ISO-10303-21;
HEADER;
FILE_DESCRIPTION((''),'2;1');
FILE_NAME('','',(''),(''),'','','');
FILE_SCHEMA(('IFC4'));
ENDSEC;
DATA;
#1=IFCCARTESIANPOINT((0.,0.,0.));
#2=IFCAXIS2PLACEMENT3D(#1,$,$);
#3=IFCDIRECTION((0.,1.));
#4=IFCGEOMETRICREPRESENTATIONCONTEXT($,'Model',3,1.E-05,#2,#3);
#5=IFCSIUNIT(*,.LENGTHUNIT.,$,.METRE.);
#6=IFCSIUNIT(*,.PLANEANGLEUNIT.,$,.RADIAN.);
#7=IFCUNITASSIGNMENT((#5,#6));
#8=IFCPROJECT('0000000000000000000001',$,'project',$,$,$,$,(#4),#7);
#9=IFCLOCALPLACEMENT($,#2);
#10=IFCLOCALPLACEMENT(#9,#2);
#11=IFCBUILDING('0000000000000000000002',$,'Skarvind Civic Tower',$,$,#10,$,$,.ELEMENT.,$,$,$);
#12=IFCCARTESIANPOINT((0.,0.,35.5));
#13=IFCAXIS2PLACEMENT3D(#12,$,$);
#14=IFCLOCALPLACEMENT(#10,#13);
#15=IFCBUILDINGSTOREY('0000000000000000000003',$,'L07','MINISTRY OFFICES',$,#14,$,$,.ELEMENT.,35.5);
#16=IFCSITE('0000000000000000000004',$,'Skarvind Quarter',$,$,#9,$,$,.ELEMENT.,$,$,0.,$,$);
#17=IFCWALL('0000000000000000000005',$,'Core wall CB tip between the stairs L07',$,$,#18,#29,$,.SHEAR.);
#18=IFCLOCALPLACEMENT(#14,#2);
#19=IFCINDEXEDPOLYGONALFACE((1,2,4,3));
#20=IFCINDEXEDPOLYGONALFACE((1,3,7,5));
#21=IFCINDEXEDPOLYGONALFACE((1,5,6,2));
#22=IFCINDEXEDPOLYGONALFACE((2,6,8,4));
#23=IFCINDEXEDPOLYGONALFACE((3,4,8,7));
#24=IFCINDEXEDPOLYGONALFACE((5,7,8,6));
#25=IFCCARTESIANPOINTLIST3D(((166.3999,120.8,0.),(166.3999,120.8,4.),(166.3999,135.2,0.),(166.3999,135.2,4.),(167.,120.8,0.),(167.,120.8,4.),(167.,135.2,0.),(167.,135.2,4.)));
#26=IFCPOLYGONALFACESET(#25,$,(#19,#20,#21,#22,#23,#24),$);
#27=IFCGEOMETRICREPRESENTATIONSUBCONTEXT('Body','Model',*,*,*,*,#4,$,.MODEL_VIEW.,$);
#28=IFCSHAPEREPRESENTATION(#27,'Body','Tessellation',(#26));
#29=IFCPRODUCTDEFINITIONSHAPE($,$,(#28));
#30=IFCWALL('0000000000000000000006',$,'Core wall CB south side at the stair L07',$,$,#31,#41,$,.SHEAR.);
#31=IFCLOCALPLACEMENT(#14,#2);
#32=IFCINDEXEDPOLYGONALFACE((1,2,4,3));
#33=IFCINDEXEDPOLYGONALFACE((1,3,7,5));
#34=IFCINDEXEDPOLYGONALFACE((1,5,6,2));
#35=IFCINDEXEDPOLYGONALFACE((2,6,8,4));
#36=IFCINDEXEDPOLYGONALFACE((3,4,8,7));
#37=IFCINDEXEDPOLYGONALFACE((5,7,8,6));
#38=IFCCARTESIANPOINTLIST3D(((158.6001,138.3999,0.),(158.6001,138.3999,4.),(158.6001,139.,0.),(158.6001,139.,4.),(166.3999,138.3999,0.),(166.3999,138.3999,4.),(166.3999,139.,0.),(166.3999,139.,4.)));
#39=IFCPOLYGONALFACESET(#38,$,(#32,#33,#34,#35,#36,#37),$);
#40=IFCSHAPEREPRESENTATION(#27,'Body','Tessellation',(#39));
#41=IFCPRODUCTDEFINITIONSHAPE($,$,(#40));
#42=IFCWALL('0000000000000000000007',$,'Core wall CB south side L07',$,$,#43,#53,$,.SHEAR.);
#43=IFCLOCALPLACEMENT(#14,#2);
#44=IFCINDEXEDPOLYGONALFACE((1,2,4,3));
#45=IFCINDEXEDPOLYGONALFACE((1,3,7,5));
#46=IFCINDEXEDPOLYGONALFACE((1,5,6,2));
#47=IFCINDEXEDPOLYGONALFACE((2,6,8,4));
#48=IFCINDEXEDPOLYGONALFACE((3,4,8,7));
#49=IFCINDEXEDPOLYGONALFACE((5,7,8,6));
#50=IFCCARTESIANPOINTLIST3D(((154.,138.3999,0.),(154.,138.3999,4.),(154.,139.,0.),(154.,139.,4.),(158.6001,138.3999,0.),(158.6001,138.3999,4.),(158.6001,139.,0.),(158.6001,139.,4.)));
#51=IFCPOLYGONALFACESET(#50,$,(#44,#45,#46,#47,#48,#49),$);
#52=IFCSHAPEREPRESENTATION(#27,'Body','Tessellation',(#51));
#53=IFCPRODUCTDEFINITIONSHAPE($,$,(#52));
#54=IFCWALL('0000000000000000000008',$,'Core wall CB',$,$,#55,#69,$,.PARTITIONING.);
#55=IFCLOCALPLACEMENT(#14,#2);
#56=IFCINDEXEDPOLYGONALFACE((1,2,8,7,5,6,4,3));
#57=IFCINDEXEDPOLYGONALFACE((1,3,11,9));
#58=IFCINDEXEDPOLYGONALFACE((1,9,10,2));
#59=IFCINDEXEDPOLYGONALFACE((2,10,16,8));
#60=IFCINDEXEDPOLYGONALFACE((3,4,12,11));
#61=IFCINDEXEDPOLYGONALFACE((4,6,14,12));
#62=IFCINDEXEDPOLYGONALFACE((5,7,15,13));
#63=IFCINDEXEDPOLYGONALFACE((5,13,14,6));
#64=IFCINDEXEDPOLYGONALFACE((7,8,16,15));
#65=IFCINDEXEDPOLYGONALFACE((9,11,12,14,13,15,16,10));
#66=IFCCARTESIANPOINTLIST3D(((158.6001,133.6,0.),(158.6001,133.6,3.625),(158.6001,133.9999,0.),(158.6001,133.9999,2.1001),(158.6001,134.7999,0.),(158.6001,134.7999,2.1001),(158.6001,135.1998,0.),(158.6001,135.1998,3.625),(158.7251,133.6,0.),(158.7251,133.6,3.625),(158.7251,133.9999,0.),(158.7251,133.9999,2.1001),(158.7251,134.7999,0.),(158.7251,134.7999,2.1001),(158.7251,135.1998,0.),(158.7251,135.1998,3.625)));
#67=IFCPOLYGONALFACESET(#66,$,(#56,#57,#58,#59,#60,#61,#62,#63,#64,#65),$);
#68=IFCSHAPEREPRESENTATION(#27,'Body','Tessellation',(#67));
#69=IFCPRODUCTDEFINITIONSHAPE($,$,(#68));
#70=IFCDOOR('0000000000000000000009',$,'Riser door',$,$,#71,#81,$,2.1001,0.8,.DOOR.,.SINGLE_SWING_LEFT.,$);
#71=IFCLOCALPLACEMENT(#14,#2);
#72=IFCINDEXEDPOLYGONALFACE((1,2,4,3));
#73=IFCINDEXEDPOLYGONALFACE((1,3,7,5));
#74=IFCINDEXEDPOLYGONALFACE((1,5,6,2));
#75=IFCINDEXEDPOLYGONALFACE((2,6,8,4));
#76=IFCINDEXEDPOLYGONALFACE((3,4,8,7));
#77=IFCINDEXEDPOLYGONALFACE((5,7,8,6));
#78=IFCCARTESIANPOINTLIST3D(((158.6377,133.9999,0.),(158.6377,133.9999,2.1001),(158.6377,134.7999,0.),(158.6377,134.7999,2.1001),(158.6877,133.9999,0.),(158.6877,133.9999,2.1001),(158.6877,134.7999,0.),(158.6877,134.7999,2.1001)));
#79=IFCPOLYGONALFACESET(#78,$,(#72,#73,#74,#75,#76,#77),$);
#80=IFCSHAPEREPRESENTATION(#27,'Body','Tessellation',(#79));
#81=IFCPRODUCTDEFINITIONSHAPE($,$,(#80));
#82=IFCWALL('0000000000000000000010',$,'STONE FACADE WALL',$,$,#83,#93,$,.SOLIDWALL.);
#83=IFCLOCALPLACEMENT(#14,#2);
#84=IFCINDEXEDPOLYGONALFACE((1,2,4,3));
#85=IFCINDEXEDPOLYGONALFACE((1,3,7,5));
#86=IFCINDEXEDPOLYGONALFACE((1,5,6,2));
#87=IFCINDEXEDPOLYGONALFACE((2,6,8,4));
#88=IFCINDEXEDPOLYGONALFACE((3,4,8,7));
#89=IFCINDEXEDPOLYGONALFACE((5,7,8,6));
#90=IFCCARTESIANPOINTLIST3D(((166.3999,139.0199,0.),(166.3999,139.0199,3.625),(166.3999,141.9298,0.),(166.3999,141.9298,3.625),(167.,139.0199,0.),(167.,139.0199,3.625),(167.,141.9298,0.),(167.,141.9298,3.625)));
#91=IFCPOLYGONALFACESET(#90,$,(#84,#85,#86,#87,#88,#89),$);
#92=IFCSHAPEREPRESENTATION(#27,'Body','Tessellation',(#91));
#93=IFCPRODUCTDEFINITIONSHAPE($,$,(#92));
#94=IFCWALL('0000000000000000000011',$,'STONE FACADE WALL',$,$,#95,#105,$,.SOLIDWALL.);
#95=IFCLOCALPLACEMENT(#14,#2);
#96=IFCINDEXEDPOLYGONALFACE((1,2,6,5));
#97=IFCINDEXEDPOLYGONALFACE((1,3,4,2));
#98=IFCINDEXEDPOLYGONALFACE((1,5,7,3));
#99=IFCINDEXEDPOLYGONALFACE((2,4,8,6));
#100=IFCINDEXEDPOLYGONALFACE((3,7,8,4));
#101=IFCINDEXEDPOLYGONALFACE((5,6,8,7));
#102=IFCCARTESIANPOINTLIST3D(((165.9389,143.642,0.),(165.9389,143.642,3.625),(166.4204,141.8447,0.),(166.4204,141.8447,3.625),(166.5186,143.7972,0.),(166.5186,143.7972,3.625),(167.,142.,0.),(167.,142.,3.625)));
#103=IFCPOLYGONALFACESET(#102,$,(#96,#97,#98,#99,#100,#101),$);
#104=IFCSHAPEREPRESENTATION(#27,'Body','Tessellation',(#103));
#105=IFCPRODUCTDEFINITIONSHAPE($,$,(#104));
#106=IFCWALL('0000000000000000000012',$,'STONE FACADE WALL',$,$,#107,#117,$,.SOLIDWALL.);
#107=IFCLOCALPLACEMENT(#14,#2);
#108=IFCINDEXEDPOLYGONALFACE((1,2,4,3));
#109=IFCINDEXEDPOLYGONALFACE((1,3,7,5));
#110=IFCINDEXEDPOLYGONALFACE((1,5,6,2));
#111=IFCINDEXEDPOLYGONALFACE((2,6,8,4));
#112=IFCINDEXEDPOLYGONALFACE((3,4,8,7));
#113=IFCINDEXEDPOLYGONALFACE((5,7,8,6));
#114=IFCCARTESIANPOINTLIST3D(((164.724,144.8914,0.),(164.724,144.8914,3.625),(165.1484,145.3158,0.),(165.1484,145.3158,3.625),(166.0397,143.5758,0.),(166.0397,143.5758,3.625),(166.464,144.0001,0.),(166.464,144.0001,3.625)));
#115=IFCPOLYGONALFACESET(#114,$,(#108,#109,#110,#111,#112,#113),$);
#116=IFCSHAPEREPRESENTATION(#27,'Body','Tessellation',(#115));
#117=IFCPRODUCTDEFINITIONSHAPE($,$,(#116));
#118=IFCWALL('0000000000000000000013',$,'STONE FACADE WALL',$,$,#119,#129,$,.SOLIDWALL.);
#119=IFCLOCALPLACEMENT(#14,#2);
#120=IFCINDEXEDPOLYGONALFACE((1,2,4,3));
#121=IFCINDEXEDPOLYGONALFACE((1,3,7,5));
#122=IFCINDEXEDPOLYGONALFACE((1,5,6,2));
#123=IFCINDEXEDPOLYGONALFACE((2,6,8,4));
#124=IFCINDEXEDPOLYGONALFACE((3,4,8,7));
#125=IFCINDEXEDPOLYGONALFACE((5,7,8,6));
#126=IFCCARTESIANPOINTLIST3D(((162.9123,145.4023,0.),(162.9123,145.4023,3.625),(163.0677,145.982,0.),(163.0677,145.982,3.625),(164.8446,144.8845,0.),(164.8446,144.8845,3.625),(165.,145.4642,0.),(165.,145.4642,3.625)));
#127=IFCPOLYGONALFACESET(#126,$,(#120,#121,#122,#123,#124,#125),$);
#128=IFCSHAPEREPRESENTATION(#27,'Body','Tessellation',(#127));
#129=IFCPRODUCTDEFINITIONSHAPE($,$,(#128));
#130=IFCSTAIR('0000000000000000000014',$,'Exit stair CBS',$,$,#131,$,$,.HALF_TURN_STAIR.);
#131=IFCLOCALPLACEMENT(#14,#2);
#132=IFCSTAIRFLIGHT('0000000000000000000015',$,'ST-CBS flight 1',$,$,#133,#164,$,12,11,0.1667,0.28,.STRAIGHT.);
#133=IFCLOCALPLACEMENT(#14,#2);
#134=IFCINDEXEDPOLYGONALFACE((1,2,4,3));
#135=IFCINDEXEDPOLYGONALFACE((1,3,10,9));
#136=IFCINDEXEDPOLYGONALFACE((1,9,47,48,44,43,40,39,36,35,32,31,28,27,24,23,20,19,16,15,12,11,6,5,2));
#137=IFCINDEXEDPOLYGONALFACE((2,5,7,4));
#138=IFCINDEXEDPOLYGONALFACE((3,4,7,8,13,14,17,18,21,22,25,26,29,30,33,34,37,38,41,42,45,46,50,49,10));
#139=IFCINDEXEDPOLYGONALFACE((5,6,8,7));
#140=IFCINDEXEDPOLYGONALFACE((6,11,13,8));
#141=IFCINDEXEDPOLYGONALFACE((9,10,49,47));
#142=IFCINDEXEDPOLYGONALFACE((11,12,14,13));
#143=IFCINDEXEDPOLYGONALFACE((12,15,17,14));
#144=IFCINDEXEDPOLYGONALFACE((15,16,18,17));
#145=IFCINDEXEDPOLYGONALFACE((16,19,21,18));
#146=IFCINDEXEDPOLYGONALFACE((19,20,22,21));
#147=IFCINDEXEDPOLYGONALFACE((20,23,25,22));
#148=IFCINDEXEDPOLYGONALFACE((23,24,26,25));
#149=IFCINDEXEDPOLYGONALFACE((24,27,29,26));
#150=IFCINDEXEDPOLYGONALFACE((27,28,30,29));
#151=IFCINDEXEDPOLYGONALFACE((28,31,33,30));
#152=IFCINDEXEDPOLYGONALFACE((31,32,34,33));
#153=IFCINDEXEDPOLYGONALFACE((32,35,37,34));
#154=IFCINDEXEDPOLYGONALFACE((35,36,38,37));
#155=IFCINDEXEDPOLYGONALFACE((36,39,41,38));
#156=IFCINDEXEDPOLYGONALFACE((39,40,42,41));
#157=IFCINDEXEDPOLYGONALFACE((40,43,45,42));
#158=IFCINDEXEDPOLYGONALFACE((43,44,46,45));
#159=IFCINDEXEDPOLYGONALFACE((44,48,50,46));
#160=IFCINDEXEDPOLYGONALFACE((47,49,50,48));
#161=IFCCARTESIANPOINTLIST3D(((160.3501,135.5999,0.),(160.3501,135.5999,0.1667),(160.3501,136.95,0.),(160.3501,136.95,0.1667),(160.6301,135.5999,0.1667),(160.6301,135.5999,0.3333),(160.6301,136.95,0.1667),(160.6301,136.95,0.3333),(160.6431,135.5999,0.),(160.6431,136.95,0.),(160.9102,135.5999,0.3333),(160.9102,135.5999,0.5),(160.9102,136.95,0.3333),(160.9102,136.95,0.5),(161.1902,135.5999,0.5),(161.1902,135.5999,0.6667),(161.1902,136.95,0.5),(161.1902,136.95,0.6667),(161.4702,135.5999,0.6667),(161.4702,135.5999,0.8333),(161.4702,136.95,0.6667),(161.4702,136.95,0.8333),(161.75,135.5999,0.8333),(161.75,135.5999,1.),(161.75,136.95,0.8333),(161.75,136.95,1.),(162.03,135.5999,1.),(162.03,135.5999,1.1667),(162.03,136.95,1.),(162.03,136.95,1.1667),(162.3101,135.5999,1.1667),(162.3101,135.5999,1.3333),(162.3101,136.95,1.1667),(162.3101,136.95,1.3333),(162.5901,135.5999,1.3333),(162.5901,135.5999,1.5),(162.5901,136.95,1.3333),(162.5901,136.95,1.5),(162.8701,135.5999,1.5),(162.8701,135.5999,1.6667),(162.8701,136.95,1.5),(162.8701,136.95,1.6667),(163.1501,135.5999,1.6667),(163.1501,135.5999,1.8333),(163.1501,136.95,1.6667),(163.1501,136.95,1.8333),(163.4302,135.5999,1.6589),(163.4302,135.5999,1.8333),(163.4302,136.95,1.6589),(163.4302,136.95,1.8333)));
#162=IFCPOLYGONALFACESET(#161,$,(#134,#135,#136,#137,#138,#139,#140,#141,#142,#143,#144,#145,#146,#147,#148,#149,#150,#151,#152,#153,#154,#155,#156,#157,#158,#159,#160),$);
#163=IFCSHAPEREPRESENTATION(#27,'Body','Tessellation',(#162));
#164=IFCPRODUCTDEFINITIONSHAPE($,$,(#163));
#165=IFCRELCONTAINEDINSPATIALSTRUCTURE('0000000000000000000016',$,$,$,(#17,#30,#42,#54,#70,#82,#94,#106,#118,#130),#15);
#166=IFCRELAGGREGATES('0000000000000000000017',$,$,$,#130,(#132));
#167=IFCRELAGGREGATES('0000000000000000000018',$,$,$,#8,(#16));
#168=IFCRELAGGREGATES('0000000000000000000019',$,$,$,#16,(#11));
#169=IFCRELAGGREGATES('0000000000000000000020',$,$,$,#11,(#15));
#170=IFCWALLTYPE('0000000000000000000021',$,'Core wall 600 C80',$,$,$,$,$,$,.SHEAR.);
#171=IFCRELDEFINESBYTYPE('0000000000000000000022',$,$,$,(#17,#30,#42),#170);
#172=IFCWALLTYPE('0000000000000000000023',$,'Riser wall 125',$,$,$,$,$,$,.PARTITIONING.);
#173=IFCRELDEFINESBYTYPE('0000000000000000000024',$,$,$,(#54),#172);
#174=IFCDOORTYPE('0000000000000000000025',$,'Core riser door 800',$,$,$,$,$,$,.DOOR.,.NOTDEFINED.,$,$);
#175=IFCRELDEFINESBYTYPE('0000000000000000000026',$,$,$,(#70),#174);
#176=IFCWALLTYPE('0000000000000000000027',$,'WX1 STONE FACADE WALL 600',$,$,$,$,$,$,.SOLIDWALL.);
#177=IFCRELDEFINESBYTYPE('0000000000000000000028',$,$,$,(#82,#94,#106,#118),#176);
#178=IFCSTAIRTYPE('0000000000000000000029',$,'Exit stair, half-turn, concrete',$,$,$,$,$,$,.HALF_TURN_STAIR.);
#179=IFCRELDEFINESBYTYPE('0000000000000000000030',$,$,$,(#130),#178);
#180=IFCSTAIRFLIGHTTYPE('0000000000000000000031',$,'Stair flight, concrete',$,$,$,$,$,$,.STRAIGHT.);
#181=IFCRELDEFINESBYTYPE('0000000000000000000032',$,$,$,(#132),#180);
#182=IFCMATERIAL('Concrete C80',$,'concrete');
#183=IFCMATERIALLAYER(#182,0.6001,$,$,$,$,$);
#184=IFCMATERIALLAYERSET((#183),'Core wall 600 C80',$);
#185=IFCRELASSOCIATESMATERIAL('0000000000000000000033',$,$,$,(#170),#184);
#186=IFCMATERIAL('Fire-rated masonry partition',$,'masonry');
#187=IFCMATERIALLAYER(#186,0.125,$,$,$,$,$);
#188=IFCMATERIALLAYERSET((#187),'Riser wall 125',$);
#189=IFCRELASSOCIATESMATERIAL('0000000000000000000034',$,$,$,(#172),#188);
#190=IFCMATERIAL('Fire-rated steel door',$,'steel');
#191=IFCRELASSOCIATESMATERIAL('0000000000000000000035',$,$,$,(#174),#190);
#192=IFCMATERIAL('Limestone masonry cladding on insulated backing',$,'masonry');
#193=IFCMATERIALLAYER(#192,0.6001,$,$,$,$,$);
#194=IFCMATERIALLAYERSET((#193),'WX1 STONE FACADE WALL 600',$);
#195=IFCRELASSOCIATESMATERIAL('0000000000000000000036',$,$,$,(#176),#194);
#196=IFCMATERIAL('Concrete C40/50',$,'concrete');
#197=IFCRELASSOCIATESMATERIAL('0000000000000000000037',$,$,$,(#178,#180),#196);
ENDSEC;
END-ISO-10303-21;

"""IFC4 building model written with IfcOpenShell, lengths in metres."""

from ifc_helpers import new_model, si_unit, direction, frame, frame_2d, origin, place, context, subcontext, project, spatial, polyline, rectangle, outline, extrude, material, layer, layer_set, type_object, element, fill, aggregate, save


model = new_model("IFC4")

# Units and contexts
model_context = context("Model", 3, precision=1e-05, world=origin(), true_north=direction((0.0, 1.0)))
body_context = subcontext(model_context, "Body", "Model", "MODEL_VIEW")
ifc_project = project(units=[si_unit("LENGTHUNIT", "METRE"), si_unit("PLANEANGLEUNIT", "RADIAN")], contexts=[model_context])

# Site, building, storey
site_placement = place(None, origin())
site = spatial("IfcSite", under=ifc_project, at=site_placement, Name="Skarvind Quarter", CompositionType="ELEMENT", RefElevation=0.0)
building_placement = place(site_placement, origin())
building = spatial("IfcBuilding", under=site, at=building_placement, Name="Skarvind Civic Tower", CompositionType="ELEMENT")
storey_placement = place(building_placement, frame((0.0, 0.0, 35.5)))
storey = spatial("IfcBuildingStorey", under=building, at=storey_placement, Name="L07", Description="MINISTRY OFFICES", CompositionType="ELEMENT", Elevation=35.5)

# Shared definitions
ifc_material_1 = material(Name="Fire-rated masonry partition", Category="masonry")
ifc_material_2 = material(Name="Fire-rated steel door", Category="steel")

# Shared definitions
ifc_material_3 = material(Name="Concrete C80", Category="concrete")

# Walls
ifc_layer_1 = layer(ifc_material_3, 0.6001)
ifc_layer_set_1 = layer_set([ifc_layer_1], Name="Core wall 600 C80")
wall_type_1 = type_object("IfcWallType", Name="Core wall 600 C80", PredefinedType="SHEAR", material=ifc_layer_set_1)
wall_1_placement = place(storey_placement, frame((166.7, 135.2, 0.0), z_axis=(0.0, 0.0, 1.0), x_axis=(0.0, -1.0, 0.0)))
element("IfcWall", 1, at=wall_1_placement, inside=storey, type_object=wall_type_1, Name="Core wall CB tip between the stairs L07", PredefinedType="SHEAR", context=body_context, shape_type="SweptSolid", body=[
    extrude(rectangle(XDim=14.3999, YDim=0.6001, at=frame_2d((7.2, 0.0))), origin(), (0.0, 0.0, 1.0), 4.0),
])
wall_2_placement = place(storey_placement, frame((166.3999, 138.7, 0.0), z_axis=(0.0, 0.0, 1.0), x_axis=(-1.0, 0.0, 0.0)))
element("IfcWall", 2, at=wall_2_placement, inside=storey, type_object=wall_type_1, Name="Core wall CB south side at the stair L07", PredefinedType="SHEAR", context=body_context, shape_type="SweptSolid", body=[
    extrude(rectangle(XDim=7.7998, YDim=0.6001, at=frame_2d((3.8999, 0.0))), origin(), (0.0, 0.0, 1.0), 4.0),
])
wall_3_placement = place(storey_placement, frame((158.6001, 138.7, 0.0), z_axis=(0.0, 0.0, 1.0), x_axis=(-1.0, 0.0, 0.0)))
element("IfcWall", 3, at=wall_3_placement, inside=storey, type_object=wall_type_1, Name="Core wall CB south side L07", PredefinedType="SHEAR", context=body_context, shape_type="SweptSolid", body=[
    extrude(rectangle(XDim=4.6001, YDim=0.6001, at=frame_2d((2.3, 0.0))), origin(), (0.0, 0.0, 1.0), 4.0),
])

# Wall, opening, door
ifc_layer_2 = layer(ifc_material_1, 0.125)
ifc_layer_set_2 = layer_set([ifc_layer_2], Name="Riser wall 125")
wall_type_2 = type_object("IfcWallType", Name="Riser wall 125", PredefinedType="PARTITIONING", material=ifc_layer_set_2)
wall_4_placement = place(storey_placement, frame((158.6626, 133.6001, 0.0), z_axis=(0.0, 0.0, 1.0), x_axis=(0.0, 1.0, 0.0)))
wall_4 = element("IfcWall", 4, at=wall_4_placement, inside=storey, type_object=wall_type_2, Name="Core wall CB", PredefinedType="PARTITIONING", context=body_context, shape_type="SweptSolid", body=[
    extrude(rectangle(XDim=1.5999, YDim=0.125, at=frame_2d((0.7998, 0.0))), origin(), (0.0, 0.0, 1.0), 3.625),
])
opening_1_placement = place(wall_4_placement, frame((0.3999, 0.0, 0.0)))
opening_1 = element("IfcOpeningElement", 5, at=opening_1_placement, cuts=wall_4, PredefinedType="OPENING", context=body_context, shape_type="SweptSolid", body=[
    extrude(rectangle(XDim=0.8, YDim=2.1001, at=frame_2d((0.3999, 1.05))), frame((0.0, 0.0725, 0.0), z_axis=(0.0, -1.0, 0.0), x_axis=(1.0, 0.0, 0.0)), (0.0, 0.0, 1.0), 0.145),
])
door_type_1 = type_object("IfcDoorType", Name="Core riser door 800", OperationType="NOTDEFINED", PredefinedType="DOOR", material=ifc_material_2)
door_1_placement = place(opening_1_placement, origin())
door_1 = element("IfcDoor", 6, at=door_1_placement, inside=storey, type_object=door_type_1, Name="Riser door", OperationType="SINGLE_SWING_LEFT", OverallHeight=2.1001, OverallWidth=0.8, PredefinedType="DOOR", context=body_context, shape_type="SweptSolid", body=[
    extrude(rectangle(XDim=0.8, YDim=2.1001, at=frame_2d((0.3999, 1.05))), frame((0.0, 0.0249, 0.0), z_axis=(0.0, -1.0, 0.0), x_axis=(1.0, 0.0, 0.0)), (0.0, 0.0, 1.0), 0.05),
])
fill(opening_1, door_1)

# Walls
ifc_material_4 = material(Name="Limestone masonry cladding on insulated backing", Category="masonry")
ifc_layer_3 = layer(ifc_material_4, 0.6001)
ifc_layer_set_3 = layer_set([ifc_layer_3], Name="WX1 STONE FACADE WALL 600")
wall_type_3 = type_object("IfcWallType", Name="WX1 STONE FACADE WALL 600", PredefinedType="SOLIDWALL", material=ifc_layer_set_3)
wall_5_placement = place(storey_placement, frame((166.7, 141.9299, 0.0), z_axis=(0.0, 0.0, 1.0), x_axis=(0.0, -1.0, 0.0)))
element("IfcWall", 7, at=wall_5_placement, inside=storey, type_object=wall_type_3, Name="STONE FACADE WALL", PredefinedType="SOLIDWALL", context=body_context, shape_type="SweptSolid", body=[
    extrude(rectangle(XDim=2.9099, YDim=0.6001, at=frame_2d((1.4551, 0.0))), origin(), (0.0, 0.0, 1.0), 3.625),
])
for number, where, z_axis, x_axis, name in (
    (8, (166.2288, 143.7195, 0.0), (0.0, 0.0, 1.0), (0.258773, -0.965938, 0.0), "STONE FACADE WALL"),
    (9, (164.9363, 145.1035, 0.0), (0.0, 0.0, 1.0), (0.707107, -0.707107, 0.0), "STONE FACADE WALL"),
):
    element("IfcWall", number, at=place(storey_placement, frame(where, z_axis=z_axis, x_axis=x_axis)), inside=storey, type_object=wall_type_3, Name=name, PredefinedType="SOLIDWALL", context=body_context, shape_type="SweptSolid", body=[
        extrude(rectangle(XDim=1.8606, YDim=0.6001, at=frame_2d((0.9302, 0.0))), origin(), (0.0, 0.0, 1.0), 3.625),
    ])
wall_6_placement = place(storey_placement, frame((162.99, 145.6921, 0.0), z_axis=(0.0, 0.0, 1.0), x_axis=(0.96592, -0.25884, 0.0)))
element("IfcWall", 10, at=wall_6_placement, inside=storey, type_object=wall_type_3, Name="STONE FACADE WALL", PredefinedType="SOLIDWALL", context=body_context, shape_type="SweptSolid", body=[
    extrude(rectangle(XDim=2.0005, YDim=0.6001, at=frame_2d((1.0002, 0.0))), origin(), (0.0, 0.0, 1.0), 3.625),
])

# Stair, stair flight
ifc_material_5 = material(Name="Concrete C40/50", Category="concrete")
stair_type = type_object("IfcStairType", Name="Exit stair, half-turn, concrete", PredefinedType="HALF_TURN_STAIR", material=ifc_material_5)
stair_placement = place(storey_placement, origin())
stair = element("IfcStair", 11, at=stair_placement, inside=storey, type_object=stair_type, Name="Exit stair CBS", PredefinedType="HALF_TURN_STAIR")
stair_flight_type = type_object("IfcStairFlightType", Name="Stair flight, concrete", PredefinedType="STRAIGHT", material=ifc_material_5)
stair_flight_1_placement = place(storey_placement, frame((160.3501, 136.2749, 0.0), z_axis=(0.0, 0.0, 1.0), x_axis=(1.0, 0.0, 0.0)))
stair_flight_1 = element("IfcStairFlight", 12, at=stair_flight_1_placement, type_object=stair_flight_type, Name="ST-CBS flight 1", NumberOfRisers=12, NumberOfTreads=11, PredefinedType="STRAIGHT", RiserHeight=0.1667, TreadLength=0.28, context=body_context, shape_type="SweptSolid", body=[
    extrude(outline(polyline([(0.0, 0.0), (0.0, 0.1667), (0.28, 0.1667), (0.28, 0.3333), (0.5601, 0.3333), (0.5601, 0.5), (0.8401, 0.5), (0.8401, 0.6667), (1.1201, 0.6667), (1.1201, 0.8333), (1.3999, 0.8333), (1.3999, 1.0), (1.6799, 1.0), (1.6799, 1.1667), (1.96, 1.1667), (1.96, 1.3333), (2.24, 1.3333), (2.24, 1.5), (2.52, 1.5), (2.52, 1.6667), (2.8, 1.6667), (2.8, 1.8333), (3.0801, 1.8333), (3.0801, 2.0), (3.0801, 1.6589), (0.293, 0.0), (0.0, 0.0)])), frame((0.0, 0.675, 0.0), z_axis=(0.0, -1.0, 0.0), x_axis=(1.0, 0.0, 0.0)), (0.0, 0.0, 1.0), 1.3501),
])
aggregate(stair, [stair_flight_1])

save(model, "model.ifc")
